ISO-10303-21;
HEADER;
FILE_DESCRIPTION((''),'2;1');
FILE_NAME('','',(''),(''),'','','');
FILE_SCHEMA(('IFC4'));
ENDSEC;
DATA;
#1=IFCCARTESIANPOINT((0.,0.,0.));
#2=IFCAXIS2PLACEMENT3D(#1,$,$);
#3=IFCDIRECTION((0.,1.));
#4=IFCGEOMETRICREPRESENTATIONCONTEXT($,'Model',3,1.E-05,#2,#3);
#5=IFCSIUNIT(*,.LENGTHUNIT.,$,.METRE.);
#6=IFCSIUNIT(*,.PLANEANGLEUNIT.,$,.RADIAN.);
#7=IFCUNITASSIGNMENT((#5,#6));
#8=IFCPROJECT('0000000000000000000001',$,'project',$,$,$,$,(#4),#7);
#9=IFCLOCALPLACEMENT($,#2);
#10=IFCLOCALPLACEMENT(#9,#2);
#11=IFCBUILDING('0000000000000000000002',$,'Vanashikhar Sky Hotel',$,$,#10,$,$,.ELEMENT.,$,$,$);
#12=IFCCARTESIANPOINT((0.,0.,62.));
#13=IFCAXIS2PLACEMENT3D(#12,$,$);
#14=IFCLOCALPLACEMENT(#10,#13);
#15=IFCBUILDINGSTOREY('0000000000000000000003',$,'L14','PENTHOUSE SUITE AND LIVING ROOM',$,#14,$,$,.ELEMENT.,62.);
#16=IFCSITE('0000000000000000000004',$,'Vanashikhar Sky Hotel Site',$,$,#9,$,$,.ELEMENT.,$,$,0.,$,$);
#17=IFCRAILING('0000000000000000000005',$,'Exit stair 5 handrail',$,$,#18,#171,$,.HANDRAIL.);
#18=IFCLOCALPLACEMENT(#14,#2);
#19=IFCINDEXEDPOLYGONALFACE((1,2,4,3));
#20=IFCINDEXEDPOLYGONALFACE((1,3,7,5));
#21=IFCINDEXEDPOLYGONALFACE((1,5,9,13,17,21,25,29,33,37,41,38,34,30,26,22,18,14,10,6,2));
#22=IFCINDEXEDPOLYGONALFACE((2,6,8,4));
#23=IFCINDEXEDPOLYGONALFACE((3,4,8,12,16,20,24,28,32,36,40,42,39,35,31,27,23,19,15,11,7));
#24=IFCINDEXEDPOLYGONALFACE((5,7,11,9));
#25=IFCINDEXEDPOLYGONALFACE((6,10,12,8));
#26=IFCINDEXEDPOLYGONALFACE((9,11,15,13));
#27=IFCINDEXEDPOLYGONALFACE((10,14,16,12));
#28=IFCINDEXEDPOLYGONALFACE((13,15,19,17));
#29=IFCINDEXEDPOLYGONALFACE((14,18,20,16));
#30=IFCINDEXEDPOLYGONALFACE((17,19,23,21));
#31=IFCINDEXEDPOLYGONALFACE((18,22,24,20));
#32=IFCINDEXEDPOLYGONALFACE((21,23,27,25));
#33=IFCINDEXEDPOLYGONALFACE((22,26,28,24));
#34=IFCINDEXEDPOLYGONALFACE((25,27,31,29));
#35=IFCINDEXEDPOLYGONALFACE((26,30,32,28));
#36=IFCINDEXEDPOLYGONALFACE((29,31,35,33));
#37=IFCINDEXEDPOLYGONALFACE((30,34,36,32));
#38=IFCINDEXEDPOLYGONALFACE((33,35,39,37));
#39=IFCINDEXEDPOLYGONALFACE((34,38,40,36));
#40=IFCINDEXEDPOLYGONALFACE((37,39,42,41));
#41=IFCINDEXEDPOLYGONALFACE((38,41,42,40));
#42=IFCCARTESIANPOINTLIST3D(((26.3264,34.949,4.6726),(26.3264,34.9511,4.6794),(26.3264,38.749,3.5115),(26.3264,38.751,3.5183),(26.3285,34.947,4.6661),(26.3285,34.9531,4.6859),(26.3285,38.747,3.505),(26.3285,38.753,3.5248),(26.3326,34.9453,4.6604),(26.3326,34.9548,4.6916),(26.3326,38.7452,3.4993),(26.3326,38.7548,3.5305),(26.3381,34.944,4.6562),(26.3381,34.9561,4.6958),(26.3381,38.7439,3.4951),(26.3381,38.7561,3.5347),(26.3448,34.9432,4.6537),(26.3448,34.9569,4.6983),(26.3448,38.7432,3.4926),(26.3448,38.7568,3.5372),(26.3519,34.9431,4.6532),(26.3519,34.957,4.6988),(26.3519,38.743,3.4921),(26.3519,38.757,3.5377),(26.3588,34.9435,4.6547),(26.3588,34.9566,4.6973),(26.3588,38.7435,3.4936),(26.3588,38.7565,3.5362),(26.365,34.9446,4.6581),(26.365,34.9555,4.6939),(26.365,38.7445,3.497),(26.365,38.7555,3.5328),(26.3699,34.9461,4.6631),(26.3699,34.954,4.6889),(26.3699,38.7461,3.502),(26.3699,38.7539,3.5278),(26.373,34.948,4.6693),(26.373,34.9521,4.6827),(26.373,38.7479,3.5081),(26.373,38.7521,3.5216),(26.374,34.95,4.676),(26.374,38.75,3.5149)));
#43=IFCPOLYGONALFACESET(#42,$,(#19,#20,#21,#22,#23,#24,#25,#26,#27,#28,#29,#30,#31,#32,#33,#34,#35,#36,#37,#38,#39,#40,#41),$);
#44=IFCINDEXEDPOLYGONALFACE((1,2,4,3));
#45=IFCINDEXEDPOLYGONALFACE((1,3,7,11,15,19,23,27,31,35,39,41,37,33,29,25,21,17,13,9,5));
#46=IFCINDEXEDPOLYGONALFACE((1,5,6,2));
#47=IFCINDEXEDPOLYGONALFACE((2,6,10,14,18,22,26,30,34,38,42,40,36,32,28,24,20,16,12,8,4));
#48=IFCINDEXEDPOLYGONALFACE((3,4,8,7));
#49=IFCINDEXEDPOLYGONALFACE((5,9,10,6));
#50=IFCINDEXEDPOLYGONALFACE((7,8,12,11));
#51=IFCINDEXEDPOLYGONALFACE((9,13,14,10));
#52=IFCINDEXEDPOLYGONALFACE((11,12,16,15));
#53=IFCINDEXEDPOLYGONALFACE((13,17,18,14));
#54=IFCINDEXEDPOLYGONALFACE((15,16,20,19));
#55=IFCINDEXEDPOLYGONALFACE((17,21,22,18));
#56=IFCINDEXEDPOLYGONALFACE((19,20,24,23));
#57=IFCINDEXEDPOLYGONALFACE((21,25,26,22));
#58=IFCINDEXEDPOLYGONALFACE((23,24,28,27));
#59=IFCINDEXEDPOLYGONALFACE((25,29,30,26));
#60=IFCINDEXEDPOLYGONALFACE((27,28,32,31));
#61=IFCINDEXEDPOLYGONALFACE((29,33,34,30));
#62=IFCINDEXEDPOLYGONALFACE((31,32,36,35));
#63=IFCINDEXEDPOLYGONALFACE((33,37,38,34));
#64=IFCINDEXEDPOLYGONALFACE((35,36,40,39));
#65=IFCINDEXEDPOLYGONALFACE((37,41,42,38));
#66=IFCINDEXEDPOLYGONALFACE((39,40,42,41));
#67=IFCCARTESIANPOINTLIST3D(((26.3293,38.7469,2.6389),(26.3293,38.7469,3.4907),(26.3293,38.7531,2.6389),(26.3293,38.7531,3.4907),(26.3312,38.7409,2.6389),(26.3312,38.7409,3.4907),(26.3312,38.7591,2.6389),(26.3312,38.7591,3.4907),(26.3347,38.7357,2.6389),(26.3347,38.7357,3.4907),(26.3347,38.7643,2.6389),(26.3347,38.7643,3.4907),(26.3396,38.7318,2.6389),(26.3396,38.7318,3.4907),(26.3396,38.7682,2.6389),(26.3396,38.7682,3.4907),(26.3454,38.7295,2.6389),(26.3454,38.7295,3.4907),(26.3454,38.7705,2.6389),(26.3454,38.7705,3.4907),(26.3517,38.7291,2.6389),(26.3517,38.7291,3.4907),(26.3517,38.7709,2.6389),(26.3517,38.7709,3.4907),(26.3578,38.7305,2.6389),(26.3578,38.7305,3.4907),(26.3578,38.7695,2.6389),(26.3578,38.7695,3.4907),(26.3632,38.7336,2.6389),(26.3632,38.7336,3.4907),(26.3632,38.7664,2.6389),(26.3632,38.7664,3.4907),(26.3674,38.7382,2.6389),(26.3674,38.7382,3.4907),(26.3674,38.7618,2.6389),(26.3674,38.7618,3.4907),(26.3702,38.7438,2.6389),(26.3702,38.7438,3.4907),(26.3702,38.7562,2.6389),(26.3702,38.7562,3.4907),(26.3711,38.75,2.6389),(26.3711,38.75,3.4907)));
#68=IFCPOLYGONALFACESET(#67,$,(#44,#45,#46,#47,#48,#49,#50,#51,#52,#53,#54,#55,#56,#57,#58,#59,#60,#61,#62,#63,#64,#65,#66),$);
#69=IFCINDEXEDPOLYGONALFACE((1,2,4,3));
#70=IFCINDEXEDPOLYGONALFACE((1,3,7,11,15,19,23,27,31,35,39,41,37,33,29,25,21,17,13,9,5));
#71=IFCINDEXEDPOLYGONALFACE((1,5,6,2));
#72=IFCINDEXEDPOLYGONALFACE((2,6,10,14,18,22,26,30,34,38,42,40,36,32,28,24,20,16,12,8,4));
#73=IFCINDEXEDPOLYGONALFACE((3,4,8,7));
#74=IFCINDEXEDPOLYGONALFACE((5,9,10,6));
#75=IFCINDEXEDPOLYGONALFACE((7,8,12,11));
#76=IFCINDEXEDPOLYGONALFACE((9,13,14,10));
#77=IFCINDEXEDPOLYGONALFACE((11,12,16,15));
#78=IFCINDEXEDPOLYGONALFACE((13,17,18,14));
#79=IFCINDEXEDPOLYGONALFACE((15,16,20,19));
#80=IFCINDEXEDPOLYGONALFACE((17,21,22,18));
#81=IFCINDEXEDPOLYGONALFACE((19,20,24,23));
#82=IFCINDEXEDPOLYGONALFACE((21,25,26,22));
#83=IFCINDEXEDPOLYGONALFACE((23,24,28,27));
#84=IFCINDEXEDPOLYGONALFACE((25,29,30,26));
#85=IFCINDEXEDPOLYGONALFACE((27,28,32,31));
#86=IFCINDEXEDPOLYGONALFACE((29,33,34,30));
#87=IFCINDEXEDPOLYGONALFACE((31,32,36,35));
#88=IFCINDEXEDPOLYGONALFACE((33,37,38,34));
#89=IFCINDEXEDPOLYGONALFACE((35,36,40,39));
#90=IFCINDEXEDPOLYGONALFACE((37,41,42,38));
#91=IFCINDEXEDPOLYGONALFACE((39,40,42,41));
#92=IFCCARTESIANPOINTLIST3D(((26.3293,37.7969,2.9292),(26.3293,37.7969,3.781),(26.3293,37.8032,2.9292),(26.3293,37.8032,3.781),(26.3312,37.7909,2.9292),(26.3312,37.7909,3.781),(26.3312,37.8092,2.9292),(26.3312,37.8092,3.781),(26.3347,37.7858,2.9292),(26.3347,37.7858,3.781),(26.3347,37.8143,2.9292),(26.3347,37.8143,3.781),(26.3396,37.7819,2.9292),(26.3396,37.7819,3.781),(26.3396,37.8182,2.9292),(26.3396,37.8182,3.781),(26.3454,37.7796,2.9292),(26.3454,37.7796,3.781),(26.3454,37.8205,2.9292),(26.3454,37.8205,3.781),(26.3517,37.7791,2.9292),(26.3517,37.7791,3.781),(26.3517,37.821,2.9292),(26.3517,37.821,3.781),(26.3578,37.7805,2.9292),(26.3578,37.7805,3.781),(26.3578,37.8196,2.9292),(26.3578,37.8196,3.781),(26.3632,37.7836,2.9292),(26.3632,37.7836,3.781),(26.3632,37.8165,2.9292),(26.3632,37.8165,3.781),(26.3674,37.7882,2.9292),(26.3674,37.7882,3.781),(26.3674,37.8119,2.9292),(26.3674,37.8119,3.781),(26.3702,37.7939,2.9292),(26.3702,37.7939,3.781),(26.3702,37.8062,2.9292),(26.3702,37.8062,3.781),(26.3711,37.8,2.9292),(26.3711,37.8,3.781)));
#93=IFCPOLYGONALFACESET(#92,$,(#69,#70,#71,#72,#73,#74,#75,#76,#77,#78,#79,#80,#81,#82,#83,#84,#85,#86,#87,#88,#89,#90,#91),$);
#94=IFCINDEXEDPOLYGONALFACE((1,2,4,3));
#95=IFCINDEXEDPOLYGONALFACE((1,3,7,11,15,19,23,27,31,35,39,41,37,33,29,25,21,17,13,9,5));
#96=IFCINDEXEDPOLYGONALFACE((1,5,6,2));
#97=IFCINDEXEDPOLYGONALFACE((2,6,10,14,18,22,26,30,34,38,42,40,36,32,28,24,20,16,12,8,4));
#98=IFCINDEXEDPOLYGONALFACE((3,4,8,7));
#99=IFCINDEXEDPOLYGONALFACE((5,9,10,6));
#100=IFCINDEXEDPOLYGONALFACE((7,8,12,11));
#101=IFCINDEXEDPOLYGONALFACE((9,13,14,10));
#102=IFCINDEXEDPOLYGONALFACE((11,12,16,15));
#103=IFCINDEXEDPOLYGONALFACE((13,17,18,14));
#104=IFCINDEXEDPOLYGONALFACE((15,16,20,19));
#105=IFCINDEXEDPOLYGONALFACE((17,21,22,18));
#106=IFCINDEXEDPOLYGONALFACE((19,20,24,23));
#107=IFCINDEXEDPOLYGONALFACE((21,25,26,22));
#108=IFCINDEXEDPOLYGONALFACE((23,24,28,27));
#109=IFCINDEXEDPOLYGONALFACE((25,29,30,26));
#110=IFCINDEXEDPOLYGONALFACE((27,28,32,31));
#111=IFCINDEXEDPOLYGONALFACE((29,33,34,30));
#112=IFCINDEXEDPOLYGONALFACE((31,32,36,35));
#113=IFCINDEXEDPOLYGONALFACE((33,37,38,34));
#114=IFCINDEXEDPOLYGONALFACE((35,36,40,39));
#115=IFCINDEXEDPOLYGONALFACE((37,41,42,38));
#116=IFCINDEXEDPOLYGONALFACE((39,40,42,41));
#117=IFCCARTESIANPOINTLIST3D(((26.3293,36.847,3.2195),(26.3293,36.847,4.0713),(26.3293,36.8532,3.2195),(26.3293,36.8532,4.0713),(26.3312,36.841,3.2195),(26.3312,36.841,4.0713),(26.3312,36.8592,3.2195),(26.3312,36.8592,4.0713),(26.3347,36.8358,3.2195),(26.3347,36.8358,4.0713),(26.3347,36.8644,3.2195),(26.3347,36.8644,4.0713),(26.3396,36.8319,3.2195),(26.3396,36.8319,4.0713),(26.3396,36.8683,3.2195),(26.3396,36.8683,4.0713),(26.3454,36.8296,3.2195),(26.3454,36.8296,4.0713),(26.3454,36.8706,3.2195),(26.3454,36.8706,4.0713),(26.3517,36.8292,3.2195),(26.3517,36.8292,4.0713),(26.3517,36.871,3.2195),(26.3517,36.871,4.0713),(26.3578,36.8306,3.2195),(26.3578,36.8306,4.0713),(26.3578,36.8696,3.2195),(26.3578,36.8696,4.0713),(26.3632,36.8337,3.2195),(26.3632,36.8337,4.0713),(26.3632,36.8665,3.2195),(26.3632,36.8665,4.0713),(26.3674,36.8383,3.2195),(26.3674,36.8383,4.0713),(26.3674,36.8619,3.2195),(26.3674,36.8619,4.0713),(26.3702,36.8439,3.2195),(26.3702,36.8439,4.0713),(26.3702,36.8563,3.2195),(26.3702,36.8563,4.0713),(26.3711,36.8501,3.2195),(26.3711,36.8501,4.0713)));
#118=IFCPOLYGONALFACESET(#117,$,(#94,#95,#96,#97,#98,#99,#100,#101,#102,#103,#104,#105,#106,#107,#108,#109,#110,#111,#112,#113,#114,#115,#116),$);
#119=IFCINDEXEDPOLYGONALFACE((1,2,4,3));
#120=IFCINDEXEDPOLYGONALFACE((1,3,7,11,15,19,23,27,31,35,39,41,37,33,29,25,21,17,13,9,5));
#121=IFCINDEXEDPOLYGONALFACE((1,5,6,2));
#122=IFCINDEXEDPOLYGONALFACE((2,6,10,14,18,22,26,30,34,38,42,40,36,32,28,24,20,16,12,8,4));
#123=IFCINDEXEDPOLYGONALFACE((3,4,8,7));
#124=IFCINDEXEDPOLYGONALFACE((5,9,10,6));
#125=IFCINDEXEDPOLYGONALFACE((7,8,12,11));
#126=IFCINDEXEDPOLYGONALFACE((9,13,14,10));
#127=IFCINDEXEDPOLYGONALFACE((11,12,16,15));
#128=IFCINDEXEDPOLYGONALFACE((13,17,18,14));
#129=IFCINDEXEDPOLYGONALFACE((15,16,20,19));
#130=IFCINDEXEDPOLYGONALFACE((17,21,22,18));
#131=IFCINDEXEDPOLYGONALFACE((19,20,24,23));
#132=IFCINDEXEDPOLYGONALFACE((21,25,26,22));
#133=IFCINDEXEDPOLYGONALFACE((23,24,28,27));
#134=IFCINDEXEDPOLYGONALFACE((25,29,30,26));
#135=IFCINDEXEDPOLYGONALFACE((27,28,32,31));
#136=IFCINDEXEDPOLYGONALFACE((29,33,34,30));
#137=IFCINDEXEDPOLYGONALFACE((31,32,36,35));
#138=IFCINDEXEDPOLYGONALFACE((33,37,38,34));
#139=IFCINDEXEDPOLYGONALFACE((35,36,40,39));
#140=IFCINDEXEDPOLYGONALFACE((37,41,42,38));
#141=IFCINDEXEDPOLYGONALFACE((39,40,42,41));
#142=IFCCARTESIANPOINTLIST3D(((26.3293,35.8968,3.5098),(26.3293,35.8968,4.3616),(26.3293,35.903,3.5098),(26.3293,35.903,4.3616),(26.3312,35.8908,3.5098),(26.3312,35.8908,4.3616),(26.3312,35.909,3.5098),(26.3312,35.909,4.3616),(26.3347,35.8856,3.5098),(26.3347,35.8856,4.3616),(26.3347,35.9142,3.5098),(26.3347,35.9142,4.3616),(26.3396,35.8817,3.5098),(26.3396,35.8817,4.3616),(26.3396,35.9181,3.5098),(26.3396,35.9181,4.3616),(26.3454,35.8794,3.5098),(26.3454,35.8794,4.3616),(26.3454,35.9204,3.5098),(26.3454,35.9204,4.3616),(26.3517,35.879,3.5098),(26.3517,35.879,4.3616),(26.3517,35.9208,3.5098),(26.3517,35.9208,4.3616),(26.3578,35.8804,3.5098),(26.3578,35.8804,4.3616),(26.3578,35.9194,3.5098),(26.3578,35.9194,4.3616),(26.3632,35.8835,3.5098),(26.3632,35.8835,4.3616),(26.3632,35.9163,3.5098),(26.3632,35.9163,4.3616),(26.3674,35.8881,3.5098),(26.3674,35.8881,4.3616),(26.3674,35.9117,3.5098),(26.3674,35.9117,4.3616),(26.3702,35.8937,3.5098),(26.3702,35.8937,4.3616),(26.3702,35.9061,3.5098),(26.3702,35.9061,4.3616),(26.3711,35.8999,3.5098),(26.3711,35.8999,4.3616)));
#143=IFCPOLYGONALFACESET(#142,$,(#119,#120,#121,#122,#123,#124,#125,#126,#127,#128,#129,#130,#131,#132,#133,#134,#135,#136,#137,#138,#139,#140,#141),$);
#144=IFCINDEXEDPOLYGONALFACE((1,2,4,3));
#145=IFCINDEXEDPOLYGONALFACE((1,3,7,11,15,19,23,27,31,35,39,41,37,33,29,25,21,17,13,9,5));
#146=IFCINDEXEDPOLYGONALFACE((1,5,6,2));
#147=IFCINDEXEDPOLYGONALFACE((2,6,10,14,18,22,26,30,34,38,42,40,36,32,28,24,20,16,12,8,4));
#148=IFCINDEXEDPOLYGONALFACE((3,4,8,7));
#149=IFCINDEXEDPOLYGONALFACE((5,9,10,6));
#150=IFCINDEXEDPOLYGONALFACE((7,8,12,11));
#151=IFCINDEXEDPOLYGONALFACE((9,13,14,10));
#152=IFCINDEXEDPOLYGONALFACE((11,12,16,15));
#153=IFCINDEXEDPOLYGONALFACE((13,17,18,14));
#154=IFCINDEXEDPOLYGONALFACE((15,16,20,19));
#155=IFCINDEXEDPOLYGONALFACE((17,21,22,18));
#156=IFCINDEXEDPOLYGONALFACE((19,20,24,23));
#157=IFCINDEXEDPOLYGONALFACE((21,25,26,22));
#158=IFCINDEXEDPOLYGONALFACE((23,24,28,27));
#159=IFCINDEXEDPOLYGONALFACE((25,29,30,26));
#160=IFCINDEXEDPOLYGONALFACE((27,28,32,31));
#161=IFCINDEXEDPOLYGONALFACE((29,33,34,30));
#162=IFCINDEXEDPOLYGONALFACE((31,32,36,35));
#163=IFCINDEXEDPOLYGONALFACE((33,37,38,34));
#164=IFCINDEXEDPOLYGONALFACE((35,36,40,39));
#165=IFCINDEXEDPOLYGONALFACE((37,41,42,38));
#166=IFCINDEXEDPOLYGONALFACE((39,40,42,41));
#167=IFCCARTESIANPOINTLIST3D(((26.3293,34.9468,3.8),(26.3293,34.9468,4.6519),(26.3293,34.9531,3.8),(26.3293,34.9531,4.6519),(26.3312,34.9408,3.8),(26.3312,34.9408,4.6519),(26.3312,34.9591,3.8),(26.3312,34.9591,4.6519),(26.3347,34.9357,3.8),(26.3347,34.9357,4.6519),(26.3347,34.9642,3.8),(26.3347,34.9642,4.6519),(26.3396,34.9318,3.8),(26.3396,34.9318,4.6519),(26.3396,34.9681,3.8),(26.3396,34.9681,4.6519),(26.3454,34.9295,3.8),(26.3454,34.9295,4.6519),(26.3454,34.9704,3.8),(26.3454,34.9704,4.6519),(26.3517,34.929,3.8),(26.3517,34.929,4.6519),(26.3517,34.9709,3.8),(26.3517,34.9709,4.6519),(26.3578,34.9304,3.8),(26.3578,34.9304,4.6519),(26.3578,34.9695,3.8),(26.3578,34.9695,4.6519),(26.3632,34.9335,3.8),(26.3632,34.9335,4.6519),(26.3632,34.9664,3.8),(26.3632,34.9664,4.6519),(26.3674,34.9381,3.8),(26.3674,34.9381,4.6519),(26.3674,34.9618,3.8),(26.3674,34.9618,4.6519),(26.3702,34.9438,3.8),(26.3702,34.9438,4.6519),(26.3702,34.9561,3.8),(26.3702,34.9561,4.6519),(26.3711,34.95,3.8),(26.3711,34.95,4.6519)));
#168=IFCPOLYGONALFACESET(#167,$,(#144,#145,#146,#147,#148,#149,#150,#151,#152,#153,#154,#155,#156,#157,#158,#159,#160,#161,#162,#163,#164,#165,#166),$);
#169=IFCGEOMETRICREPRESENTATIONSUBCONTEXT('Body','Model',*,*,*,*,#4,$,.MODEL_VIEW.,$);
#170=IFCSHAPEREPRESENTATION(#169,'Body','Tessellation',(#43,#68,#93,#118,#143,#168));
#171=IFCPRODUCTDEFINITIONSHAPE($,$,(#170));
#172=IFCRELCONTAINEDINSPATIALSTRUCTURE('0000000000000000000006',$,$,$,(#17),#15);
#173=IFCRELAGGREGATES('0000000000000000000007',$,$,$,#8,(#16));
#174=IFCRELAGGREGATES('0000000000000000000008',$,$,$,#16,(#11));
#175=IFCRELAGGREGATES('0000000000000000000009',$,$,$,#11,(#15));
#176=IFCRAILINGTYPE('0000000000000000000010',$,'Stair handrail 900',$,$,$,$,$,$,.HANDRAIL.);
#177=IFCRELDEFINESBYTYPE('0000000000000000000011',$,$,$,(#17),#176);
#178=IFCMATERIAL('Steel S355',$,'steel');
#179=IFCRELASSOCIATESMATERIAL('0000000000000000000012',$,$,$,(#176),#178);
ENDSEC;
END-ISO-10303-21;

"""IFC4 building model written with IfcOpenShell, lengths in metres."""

from ifc_helpers import new_model, si_unit, direction, frame, origin, origin_2d, place, context, subcontext, project, spatial, circle, extrude, source, transform, mapped, material, type_object, element, save


model = new_model("IFC4")

# Units and contexts
model_context = context("Model", 3, precision=1e-05, world=origin(), true_north=direction((0.0, 1.0)))
body_context = subcontext(model_context, "Body", "Model", "MODEL_VIEW")
ifc_project = project(units=[si_unit("LENGTHUNIT", "METRE"), si_unit("PLANEANGLEUNIT", "RADIAN")], contexts=[model_context])

# Site, building, storey
site_placement = place(None, origin())
site = spatial("IfcSite", under=ifc_project, at=site_placement, Name="Vanashikhar Sky Hotel Site", CompositionType="ELEMENT", RefElevation=0.0)
building_placement = place(site_placement, origin())
building = spatial("IfcBuilding", under=site, at=building_placement, Name="Vanashikhar Sky Hotel", CompositionType="ELEMENT")
storey_placement = place(building_placement, frame((0.0, 0.0, 62.0)))
storey = spatial("IfcBuildingStorey", under=building, at=storey_placement, Name="L14", Description="PENTHOUSE SUITE AND LIVING ROOM", CompositionType="ELEMENT", Elevation=62.0)

# Railing
ifc_material_1 = material(Name="Steel S355", Category="steel")
railing_type = type_object("IfcRailingType", Name="Stair handrail 900", PredefinedType="HANDRAIL", material=ifc_material_1)
shared_shape_1 = source(origin(), body_context, "Body", "SweptSolid", [
    extrude(circle(Radius=0.0239, at=origin_2d()), frame((0.0, 0.0, 0.876), z_axis=(0.0, -0.956351, 0.29222), x_axis=(1.0, 0.0, 0.0)), (0.0, 0.0, 1.0), 3.9734),
    extrude(circle(Radius=0.021, at=origin_2d()), origin(), (0.0, 0.0, 1.0), 0.8518),
    extrude(circle(Radius=0.021, at=origin_2d()), frame((0.0, -0.95, 0.2903)), (0.0, 0.0, 1.0), 0.8518),
    extrude(circle(Radius=0.021, at=origin_2d()), frame((0.0, -1.8999, 0.5806)), (0.0, 0.0, 1.0), 0.8518),
    extrude(circle(Radius=0.021, at=origin_2d()), frame((0.0, -2.8501, 0.8708)), (0.0, 0.0, 1.0), 0.8518),
    extrude(circle(Radius=0.021, at=origin_2d()), frame((0.0, -3.8, 1.1611)), (0.0, 0.0, 1.0), 0.8518),
])
for number, where, name in (
    (1, (26.3501, 38.75, 2.6389), "Exit stair 5 handrail"),
):
    element("IfcRailing", number, at=place(storey_placement, frame(where)), inside=storey, type_object=railing_type, Name=name, PredefinedType="HANDRAIL", context=body_context, shape_type="MappedRepresentation", body=[
        mapped(shared_shape_1, transform((0.0, 0.0, 0.0), scale=1.0)),
    ])

save(model, "model.ifc")
